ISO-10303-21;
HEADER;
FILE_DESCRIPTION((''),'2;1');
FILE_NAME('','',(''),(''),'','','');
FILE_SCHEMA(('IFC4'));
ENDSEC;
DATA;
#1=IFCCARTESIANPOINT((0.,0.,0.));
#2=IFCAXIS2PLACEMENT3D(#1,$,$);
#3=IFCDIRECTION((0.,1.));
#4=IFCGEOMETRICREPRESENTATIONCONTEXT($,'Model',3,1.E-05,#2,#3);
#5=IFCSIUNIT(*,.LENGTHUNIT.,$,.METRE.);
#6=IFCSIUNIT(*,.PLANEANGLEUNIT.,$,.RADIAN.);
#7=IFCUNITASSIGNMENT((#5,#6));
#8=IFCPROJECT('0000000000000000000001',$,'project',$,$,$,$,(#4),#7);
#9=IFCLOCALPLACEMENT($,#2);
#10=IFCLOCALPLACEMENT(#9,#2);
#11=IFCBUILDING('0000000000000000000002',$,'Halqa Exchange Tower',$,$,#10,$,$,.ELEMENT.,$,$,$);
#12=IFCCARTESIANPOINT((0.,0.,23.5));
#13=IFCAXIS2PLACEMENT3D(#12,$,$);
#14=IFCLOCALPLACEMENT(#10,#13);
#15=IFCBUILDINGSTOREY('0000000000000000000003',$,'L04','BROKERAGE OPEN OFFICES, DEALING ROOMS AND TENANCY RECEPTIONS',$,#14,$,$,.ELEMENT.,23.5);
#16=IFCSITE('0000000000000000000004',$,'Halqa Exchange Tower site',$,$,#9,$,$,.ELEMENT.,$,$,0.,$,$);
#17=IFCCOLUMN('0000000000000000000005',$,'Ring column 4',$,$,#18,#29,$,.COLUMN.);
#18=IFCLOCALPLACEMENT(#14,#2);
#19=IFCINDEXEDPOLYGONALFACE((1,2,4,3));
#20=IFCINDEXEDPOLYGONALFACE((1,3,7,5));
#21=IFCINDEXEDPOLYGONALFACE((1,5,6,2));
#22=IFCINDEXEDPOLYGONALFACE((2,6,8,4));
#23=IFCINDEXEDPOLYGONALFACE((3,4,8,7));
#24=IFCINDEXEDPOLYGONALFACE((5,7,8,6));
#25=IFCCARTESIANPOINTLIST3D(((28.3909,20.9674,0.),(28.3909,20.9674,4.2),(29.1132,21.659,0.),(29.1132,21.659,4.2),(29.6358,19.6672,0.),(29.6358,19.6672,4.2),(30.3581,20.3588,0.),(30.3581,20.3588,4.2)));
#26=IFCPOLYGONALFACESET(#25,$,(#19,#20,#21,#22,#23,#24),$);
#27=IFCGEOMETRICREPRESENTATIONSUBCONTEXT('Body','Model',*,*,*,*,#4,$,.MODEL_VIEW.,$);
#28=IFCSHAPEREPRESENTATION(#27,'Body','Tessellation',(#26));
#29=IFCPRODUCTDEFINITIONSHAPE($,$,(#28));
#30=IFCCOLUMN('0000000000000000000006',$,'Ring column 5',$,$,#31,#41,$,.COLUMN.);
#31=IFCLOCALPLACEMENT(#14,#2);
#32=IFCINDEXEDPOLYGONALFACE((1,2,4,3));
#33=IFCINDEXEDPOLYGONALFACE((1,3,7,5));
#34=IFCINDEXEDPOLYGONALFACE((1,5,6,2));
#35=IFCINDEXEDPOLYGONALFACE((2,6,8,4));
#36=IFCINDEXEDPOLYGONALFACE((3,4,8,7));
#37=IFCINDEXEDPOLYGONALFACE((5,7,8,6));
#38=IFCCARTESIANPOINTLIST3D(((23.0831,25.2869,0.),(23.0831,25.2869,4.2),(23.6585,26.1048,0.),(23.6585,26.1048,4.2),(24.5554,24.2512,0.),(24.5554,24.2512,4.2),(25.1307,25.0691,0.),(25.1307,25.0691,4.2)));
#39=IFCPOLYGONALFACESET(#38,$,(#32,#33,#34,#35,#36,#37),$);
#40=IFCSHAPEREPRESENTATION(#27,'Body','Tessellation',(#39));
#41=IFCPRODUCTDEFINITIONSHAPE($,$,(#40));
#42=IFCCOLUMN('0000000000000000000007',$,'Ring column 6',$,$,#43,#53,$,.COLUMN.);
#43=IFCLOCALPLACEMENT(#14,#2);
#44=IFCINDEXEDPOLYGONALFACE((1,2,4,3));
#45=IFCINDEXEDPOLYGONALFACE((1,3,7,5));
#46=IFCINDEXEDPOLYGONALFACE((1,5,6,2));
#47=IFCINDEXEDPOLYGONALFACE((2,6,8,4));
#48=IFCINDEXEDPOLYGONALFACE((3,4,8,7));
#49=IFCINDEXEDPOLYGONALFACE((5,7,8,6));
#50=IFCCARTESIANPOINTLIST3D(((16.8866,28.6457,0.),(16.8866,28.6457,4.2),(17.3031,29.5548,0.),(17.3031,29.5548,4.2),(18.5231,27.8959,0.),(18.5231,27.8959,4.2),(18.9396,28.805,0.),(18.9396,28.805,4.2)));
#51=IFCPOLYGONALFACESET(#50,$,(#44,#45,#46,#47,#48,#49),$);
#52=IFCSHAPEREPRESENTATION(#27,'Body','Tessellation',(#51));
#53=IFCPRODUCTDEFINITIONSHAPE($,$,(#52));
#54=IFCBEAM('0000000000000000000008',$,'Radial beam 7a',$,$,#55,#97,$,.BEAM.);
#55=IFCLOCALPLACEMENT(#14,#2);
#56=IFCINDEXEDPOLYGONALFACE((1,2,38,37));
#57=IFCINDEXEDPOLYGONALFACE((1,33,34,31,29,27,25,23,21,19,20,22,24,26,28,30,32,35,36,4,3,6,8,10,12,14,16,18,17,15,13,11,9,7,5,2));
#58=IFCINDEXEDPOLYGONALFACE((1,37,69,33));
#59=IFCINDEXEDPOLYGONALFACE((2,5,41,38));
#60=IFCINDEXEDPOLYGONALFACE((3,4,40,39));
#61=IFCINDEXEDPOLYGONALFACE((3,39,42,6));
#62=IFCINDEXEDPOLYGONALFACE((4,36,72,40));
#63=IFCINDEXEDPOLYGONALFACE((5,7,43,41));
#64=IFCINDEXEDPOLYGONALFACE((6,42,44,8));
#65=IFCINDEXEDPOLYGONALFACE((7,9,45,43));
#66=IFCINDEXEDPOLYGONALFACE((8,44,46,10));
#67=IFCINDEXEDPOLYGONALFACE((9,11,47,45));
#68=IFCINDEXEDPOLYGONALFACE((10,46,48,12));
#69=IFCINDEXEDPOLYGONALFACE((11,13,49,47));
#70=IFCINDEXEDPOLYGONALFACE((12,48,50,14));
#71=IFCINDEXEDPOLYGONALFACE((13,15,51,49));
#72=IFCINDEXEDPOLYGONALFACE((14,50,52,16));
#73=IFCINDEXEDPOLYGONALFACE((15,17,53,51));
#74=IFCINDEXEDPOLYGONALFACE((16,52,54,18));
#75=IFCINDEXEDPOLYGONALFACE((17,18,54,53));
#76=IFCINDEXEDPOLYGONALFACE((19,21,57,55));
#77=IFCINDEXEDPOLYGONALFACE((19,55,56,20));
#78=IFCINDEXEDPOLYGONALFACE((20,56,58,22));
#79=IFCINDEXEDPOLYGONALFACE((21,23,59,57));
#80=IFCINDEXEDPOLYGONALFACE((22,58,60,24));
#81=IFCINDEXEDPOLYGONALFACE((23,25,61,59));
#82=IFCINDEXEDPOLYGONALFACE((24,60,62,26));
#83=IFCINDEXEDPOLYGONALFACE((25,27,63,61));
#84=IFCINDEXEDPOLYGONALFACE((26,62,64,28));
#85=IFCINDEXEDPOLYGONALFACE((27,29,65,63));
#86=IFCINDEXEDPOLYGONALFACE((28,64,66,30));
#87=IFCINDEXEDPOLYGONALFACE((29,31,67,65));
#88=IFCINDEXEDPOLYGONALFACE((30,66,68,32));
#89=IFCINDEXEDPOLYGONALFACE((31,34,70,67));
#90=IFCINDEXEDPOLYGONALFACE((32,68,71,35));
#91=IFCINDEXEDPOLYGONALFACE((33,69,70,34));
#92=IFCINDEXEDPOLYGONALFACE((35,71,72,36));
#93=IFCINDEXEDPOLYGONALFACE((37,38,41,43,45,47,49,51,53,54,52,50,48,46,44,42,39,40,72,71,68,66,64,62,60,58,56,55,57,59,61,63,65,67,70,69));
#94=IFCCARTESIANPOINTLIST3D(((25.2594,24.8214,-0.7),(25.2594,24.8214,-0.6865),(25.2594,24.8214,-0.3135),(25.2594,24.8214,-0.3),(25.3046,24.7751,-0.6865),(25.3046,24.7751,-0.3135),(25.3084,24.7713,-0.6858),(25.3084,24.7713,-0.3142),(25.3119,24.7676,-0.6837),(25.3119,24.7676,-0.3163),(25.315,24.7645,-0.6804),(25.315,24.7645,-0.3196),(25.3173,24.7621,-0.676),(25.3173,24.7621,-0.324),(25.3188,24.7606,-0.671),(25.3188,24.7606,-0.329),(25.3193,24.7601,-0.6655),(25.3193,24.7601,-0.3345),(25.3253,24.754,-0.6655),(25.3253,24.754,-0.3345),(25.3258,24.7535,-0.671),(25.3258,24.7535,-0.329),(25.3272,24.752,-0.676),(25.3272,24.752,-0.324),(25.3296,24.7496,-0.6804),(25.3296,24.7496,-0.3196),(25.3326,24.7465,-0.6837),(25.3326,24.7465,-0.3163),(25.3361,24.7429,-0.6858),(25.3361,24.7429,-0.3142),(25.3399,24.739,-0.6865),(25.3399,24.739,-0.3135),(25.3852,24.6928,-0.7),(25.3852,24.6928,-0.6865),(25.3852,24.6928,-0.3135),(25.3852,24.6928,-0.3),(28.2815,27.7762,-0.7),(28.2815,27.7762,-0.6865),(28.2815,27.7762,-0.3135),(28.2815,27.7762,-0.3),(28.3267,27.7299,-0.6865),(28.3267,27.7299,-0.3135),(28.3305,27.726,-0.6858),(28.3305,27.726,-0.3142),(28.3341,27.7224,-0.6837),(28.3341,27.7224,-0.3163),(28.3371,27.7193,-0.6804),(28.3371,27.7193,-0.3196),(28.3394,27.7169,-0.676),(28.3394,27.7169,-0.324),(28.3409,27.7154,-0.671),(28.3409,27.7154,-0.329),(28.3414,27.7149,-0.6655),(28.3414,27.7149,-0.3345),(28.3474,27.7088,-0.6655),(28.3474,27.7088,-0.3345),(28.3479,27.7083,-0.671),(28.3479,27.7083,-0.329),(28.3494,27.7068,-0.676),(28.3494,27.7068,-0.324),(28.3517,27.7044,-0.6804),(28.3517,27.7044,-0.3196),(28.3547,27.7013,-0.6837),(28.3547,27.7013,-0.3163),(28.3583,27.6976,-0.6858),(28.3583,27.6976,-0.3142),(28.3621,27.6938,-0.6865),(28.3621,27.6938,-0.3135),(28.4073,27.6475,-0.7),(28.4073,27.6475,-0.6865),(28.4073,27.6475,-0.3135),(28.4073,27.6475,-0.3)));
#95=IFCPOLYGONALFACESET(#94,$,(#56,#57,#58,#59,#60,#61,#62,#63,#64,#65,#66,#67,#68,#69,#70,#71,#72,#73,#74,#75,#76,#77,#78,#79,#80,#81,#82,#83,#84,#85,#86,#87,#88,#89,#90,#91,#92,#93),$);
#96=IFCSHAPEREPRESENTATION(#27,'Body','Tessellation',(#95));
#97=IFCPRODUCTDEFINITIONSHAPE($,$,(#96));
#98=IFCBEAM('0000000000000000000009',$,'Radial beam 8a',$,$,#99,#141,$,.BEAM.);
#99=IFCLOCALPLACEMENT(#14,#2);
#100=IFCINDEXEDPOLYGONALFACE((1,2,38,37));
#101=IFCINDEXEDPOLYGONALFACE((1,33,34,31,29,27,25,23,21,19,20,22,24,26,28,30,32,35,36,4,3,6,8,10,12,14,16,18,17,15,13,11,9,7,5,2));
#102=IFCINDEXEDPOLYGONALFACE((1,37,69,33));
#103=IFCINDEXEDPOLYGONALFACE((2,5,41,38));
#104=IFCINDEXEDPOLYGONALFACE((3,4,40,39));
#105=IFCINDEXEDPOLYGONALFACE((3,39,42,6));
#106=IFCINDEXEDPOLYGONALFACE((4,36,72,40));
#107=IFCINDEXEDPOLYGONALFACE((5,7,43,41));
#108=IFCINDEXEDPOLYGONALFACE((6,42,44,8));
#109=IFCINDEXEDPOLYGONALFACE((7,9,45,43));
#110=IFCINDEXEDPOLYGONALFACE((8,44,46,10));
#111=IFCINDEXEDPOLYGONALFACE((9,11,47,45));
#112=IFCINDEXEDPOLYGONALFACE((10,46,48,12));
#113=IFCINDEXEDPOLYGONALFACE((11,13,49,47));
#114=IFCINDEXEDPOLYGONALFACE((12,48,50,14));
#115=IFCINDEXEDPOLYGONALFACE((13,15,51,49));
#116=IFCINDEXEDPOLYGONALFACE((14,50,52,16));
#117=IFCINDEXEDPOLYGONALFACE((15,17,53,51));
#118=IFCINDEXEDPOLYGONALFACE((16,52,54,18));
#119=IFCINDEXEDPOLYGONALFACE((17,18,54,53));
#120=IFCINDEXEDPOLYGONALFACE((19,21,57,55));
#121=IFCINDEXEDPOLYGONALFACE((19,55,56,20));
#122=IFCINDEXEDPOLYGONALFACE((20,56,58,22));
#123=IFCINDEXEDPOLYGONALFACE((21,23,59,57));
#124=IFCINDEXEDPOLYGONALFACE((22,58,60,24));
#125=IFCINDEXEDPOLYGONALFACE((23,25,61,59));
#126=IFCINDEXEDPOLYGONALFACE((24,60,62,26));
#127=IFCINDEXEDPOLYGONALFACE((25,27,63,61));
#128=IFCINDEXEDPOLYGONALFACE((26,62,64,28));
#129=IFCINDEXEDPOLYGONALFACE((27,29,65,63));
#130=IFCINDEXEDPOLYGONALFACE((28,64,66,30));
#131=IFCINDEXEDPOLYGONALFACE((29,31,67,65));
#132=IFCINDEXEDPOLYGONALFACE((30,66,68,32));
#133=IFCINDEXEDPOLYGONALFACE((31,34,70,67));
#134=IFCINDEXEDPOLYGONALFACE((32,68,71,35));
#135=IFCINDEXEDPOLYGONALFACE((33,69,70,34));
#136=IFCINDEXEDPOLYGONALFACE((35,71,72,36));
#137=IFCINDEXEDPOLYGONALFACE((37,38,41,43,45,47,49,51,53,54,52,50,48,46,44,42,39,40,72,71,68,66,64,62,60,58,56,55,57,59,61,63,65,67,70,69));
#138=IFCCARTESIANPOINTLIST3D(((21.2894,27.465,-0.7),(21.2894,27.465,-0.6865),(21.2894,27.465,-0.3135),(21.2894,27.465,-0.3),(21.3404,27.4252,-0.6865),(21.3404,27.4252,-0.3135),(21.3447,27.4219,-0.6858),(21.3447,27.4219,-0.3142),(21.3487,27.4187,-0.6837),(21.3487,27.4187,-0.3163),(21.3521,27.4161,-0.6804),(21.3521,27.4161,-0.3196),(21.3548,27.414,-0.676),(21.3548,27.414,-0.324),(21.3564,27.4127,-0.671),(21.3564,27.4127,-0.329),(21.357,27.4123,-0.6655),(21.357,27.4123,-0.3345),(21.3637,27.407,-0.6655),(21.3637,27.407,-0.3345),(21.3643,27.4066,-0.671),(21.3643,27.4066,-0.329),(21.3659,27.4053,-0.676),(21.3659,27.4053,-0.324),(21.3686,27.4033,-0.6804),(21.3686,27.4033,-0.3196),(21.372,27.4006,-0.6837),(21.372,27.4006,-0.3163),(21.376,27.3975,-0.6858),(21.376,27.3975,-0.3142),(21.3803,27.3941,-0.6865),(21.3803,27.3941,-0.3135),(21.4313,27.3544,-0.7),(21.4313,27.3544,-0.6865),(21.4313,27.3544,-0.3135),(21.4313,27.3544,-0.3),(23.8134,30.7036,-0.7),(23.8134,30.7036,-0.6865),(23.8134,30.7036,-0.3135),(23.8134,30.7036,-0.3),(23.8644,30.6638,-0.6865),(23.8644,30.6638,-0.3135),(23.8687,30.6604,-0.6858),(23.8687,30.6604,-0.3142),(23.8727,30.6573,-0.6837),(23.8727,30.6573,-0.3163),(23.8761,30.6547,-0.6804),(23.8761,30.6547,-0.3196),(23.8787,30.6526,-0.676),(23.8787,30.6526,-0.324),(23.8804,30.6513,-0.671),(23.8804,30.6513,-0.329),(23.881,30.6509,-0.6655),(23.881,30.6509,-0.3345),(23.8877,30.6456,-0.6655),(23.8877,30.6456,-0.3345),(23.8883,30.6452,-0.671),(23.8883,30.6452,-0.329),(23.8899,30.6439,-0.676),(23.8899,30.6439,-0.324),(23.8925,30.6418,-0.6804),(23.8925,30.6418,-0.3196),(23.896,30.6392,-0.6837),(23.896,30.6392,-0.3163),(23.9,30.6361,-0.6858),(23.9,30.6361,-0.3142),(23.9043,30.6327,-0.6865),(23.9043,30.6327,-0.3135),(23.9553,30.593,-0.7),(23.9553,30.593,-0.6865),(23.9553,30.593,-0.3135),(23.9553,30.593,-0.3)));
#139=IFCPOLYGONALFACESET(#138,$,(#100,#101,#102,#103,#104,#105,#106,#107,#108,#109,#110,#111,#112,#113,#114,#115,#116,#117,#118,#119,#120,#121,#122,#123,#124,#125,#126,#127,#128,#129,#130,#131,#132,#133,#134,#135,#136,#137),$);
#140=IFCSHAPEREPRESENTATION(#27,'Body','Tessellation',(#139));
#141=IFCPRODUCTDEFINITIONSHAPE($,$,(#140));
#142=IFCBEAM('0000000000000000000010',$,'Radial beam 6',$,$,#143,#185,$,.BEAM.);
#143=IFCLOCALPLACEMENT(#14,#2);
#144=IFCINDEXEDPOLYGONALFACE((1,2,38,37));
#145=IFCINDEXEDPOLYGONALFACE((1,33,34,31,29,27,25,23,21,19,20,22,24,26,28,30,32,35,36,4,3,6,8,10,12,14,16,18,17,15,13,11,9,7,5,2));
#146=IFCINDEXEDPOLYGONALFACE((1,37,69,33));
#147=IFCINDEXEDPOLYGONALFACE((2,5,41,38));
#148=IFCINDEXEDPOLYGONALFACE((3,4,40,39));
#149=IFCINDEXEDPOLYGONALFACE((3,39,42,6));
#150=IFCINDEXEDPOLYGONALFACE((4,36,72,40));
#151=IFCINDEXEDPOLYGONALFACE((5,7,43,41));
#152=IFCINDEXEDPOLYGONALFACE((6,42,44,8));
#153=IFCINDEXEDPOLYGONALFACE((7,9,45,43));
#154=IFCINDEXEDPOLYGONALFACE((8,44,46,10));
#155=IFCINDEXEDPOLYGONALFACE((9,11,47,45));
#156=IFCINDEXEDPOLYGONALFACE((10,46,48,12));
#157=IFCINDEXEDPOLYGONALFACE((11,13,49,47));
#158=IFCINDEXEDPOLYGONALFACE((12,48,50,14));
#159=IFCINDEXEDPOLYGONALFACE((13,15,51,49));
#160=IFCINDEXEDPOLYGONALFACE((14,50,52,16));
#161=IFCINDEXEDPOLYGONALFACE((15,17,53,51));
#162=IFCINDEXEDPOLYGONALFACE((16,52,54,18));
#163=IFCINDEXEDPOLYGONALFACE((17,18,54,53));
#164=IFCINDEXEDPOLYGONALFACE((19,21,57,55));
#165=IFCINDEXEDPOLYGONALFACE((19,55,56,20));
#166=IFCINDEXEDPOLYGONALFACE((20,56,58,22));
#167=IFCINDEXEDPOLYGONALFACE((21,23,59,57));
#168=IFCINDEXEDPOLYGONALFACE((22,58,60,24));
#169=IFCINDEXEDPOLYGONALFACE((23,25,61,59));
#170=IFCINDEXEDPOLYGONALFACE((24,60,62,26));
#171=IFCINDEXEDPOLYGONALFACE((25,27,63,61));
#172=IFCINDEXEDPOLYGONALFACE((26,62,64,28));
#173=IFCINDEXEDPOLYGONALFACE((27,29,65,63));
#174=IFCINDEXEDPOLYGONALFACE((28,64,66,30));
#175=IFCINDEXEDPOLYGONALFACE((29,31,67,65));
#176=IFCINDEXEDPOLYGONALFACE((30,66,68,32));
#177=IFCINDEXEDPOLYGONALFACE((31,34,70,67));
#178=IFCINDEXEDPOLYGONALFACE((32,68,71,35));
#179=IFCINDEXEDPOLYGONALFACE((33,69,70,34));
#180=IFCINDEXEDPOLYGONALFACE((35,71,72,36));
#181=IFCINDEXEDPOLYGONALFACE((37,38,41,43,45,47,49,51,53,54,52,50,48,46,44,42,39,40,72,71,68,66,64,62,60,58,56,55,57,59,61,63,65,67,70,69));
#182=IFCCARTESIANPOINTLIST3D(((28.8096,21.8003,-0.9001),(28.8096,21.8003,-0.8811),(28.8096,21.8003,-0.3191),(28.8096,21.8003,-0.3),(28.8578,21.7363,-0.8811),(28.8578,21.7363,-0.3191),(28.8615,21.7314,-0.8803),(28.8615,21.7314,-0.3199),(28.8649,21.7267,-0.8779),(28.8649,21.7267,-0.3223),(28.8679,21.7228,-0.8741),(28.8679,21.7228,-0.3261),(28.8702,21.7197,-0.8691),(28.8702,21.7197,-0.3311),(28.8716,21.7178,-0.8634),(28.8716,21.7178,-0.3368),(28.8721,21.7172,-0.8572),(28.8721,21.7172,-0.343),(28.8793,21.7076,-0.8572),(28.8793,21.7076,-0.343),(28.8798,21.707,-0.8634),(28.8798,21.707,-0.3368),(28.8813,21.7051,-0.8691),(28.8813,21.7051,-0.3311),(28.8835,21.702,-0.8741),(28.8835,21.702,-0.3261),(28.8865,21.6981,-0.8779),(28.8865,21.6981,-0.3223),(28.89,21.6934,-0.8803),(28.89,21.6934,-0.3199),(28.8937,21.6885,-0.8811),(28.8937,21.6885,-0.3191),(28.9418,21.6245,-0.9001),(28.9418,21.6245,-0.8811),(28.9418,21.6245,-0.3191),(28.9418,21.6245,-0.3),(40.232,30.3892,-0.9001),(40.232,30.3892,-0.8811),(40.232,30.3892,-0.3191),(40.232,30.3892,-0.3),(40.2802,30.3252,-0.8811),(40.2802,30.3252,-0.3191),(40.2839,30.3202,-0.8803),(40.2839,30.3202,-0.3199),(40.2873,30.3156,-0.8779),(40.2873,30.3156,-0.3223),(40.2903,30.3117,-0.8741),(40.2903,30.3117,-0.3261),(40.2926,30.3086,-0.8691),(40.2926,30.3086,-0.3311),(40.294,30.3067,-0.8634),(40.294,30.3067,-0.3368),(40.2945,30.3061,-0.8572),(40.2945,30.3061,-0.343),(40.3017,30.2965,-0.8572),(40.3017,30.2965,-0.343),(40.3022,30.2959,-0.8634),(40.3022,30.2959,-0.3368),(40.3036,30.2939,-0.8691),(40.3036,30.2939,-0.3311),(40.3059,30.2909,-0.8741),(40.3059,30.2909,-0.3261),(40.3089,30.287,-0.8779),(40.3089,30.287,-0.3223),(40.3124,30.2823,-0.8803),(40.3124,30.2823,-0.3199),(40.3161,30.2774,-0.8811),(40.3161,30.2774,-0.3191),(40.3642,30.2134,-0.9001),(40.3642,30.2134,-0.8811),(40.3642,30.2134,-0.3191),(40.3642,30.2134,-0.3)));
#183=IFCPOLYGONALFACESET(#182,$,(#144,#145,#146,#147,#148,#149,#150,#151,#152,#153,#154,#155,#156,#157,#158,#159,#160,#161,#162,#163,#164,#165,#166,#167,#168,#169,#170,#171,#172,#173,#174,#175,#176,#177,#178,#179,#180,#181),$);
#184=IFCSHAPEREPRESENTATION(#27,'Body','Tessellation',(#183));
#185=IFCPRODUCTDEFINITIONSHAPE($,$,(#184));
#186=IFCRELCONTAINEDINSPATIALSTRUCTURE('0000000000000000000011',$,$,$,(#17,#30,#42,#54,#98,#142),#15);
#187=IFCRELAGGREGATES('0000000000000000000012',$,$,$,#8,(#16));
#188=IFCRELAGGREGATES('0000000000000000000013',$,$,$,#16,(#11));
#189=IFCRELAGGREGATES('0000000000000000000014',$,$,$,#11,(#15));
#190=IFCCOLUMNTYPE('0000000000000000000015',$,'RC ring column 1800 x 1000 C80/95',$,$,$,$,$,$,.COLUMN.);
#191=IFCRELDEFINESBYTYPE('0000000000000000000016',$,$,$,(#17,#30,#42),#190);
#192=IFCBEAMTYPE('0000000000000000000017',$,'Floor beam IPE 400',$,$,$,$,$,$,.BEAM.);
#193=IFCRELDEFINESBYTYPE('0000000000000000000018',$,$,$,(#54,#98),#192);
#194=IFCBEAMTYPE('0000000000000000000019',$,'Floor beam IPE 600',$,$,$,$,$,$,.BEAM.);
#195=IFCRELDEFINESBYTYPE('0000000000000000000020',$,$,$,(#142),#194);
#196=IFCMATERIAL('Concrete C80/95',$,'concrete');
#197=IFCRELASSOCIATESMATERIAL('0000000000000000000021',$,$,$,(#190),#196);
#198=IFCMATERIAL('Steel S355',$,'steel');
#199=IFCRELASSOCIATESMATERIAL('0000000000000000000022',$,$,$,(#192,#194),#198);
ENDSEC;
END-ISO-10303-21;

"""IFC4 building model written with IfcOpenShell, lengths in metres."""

from ifc_helpers import new_model, si_unit, direction, frame, origin, origin_2d, place, context, subcontext, project, spatial, rectangle, i_section, extrude, material, material_profile, profile_set, type_object, element, save


model = new_model("IFC4")

# Units and contexts
model_context = context("Model", 3, precision=1e-05, world=origin(), true_north=direction((0.0, 1.0)))
body_context = subcontext(model_context, "Body", "Model", "MODEL_VIEW")
ifc_project = project(units=[si_unit("LENGTHUNIT", "METRE"), si_unit("PLANEANGLEUNIT", "RADIAN")], contexts=[model_context])

# Site, building, storey
site_placement = place(None, origin())
site = spatial("IfcSite", under=ifc_project, at=site_placement, Name="Halqa Exchange Tower site", CompositionType="ELEMENT", RefElevation=0.0)
building_placement = place(site_placement, origin())
building = spatial("IfcBuilding", under=site, at=building_placement, Name="Halqa Exchange Tower", CompositionType="ELEMENT")
storey_placement = place(building_placement, frame((0.0, 0.0, 23.5)))
storey = spatial("IfcBuildingStorey", under=building, at=storey_placement, Name="L04", Description="BROKERAGE OPEN OFFICES, DEALING ROOMS AND TENANCY RECEPTIONS", CompositionType="ELEMENT", Elevation=23.5)

# Columns
ifc_material_1 = material(Name="Concrete C80/95", Category="concrete")
ifc_material_profile_1 = material_profile(ifc_material_1, rectangle(XDim=1.8, YDim=1.0, at=origin_2d()), Name="1800 x 1000")
ifc_profile_set_1 = profile_set([ifc_material_profile_1], Name="Concrete C80/95")
column_type = type_object("IfcColumnType", Name="RC ring column 1800 x 1000 C80/95", PredefinedType="COLUMN", material=ifc_profile_set_1)
for number, where, z_axis, x_axis, name in (
    (1, (29.3745, 20.6631, 0.0), (0.0, 0.0, 1.0), (-0.691581, 0.722299, 0.0), "Ring column 4"),
    (2, (24.1069, 25.178, 0.0), (0.0, 0.0, 1.0), (-0.817909, 0.575348, 0.0), "Ring column 5"),
    (3, (17.9131, 28.7253, 0.0), (0.0, 0.0, 1.0), (-0.909126, 0.416522, 0.0), "Ring column 6"),
):
    element("IfcColumn", number, at=place(storey_placement, frame(where, z_axis=z_axis, x_axis=x_axis)), inside=storey, type_object=column_type, Name=name, PredefinedType="COLUMN", context=body_context, shape_type="SweptSolid", body=[
        extrude(rectangle(XDim=1.8, YDim=1.0, at=origin_2d()), origin(), (0.0, 0.0, 1.0), 4.2),
    ])

# Beams
ifc_material_2 = material(Name="Steel S355", Category="steel")
ifc_material_profile_2 = material_profile(ifc_material_2, i_section(OverallWidth=0.1799, OverallDepth=0.3999, WebThickness=0.0085, FlangeThickness=0.0134, FilletRadius=0.021, at=origin_2d()), Name="IPE 400")
ifc_profile_set_2 = profile_set([ifc_material_profile_2], Name="Steel S355")
beam_type_1 = type_object("IfcBeamType", Name="Floor beam IPE 400", PredefinedType="BEAM", material=ifc_profile_set_2)
beam_1_placement = place(storey_placement, frame((25.3223, 24.7571, -0.5), z_axis=(0.715033, 0.699091, 0.0), x_axis=(-0.699091, 0.715033, 0.0)))
element("IfcBeam", 4, at=beam_1_placement, inside=storey, type_object=beam_type_1, Name="Radial beam 7a", PredefinedType="BEAM", context=body_context, shape_type="SweptSolid", body=[
    extrude(i_section(OverallWidth=0.1799, OverallDepth=0.3999, WebThickness=0.0085, FlangeThickness=0.0134, FilletRadius=0.021, at=origin_2d()), origin(), (0.0, 0.0, 1.0), 4.2266),
])
beam_2_placement = place(storey_placement, frame((21.3604, 27.4097, -0.5), z_axis=(0.61471, 0.788753, 0.0), x_axis=(-0.788753, 0.61471, 0.0)))
element("IfcBeam", 5, at=beam_2_placement, inside=storey, type_object=beam_type_1, Name="Radial beam 8a", PredefinedType="BEAM", context=body_context, shape_type="SweptSolid", body=[
    extrude(i_section(OverallWidth=0.1799, OverallDepth=0.3999, WebThickness=0.0085, FlangeThickness=0.0134, FilletRadius=0.021, at=origin_2d()), origin(), (0.0, 0.0, 1.0), 4.106),
])
ifc_material_profile_3 = material_profile(ifc_material_2, i_section(OverallWidth=0.22, OverallDepth=0.6001, WebThickness=0.012, FlangeThickness=0.019, FilletRadius=0.0239, at=origin_2d()), Name="IPE 600")
ifc_profile_set_3 = profile_set([ifc_material_profile_3], Name="Steel S355")
beam_type_2 = type_object("IfcBeamType", Name="Floor beam IPE 600", PredefinedType="BEAM", material=ifc_profile_set_3)
beam_3_placement = place(storey_placement, frame((28.8757, 21.7124, -0.6001), z_axis=(0.799257, 0.600989, 0.0), x_axis=(-0.600989, 0.799257, 0.0)))
element("IfcBeam", 6, at=beam_3_placement, inside=storey, type_object=beam_type_2, Name="Radial beam 6", PredefinedType="BEAM", context=body_context, shape_type="SweptSolid", body=[
    extrude(i_section(OverallWidth=0.22, OverallDepth=0.6001, WebThickness=0.012, FlangeThickness=0.019, FilletRadius=0.0239, at=origin_2d()), origin(), (0.0, 0.0, 1.0), 14.2913),
])

save(model, "model.ifc")
